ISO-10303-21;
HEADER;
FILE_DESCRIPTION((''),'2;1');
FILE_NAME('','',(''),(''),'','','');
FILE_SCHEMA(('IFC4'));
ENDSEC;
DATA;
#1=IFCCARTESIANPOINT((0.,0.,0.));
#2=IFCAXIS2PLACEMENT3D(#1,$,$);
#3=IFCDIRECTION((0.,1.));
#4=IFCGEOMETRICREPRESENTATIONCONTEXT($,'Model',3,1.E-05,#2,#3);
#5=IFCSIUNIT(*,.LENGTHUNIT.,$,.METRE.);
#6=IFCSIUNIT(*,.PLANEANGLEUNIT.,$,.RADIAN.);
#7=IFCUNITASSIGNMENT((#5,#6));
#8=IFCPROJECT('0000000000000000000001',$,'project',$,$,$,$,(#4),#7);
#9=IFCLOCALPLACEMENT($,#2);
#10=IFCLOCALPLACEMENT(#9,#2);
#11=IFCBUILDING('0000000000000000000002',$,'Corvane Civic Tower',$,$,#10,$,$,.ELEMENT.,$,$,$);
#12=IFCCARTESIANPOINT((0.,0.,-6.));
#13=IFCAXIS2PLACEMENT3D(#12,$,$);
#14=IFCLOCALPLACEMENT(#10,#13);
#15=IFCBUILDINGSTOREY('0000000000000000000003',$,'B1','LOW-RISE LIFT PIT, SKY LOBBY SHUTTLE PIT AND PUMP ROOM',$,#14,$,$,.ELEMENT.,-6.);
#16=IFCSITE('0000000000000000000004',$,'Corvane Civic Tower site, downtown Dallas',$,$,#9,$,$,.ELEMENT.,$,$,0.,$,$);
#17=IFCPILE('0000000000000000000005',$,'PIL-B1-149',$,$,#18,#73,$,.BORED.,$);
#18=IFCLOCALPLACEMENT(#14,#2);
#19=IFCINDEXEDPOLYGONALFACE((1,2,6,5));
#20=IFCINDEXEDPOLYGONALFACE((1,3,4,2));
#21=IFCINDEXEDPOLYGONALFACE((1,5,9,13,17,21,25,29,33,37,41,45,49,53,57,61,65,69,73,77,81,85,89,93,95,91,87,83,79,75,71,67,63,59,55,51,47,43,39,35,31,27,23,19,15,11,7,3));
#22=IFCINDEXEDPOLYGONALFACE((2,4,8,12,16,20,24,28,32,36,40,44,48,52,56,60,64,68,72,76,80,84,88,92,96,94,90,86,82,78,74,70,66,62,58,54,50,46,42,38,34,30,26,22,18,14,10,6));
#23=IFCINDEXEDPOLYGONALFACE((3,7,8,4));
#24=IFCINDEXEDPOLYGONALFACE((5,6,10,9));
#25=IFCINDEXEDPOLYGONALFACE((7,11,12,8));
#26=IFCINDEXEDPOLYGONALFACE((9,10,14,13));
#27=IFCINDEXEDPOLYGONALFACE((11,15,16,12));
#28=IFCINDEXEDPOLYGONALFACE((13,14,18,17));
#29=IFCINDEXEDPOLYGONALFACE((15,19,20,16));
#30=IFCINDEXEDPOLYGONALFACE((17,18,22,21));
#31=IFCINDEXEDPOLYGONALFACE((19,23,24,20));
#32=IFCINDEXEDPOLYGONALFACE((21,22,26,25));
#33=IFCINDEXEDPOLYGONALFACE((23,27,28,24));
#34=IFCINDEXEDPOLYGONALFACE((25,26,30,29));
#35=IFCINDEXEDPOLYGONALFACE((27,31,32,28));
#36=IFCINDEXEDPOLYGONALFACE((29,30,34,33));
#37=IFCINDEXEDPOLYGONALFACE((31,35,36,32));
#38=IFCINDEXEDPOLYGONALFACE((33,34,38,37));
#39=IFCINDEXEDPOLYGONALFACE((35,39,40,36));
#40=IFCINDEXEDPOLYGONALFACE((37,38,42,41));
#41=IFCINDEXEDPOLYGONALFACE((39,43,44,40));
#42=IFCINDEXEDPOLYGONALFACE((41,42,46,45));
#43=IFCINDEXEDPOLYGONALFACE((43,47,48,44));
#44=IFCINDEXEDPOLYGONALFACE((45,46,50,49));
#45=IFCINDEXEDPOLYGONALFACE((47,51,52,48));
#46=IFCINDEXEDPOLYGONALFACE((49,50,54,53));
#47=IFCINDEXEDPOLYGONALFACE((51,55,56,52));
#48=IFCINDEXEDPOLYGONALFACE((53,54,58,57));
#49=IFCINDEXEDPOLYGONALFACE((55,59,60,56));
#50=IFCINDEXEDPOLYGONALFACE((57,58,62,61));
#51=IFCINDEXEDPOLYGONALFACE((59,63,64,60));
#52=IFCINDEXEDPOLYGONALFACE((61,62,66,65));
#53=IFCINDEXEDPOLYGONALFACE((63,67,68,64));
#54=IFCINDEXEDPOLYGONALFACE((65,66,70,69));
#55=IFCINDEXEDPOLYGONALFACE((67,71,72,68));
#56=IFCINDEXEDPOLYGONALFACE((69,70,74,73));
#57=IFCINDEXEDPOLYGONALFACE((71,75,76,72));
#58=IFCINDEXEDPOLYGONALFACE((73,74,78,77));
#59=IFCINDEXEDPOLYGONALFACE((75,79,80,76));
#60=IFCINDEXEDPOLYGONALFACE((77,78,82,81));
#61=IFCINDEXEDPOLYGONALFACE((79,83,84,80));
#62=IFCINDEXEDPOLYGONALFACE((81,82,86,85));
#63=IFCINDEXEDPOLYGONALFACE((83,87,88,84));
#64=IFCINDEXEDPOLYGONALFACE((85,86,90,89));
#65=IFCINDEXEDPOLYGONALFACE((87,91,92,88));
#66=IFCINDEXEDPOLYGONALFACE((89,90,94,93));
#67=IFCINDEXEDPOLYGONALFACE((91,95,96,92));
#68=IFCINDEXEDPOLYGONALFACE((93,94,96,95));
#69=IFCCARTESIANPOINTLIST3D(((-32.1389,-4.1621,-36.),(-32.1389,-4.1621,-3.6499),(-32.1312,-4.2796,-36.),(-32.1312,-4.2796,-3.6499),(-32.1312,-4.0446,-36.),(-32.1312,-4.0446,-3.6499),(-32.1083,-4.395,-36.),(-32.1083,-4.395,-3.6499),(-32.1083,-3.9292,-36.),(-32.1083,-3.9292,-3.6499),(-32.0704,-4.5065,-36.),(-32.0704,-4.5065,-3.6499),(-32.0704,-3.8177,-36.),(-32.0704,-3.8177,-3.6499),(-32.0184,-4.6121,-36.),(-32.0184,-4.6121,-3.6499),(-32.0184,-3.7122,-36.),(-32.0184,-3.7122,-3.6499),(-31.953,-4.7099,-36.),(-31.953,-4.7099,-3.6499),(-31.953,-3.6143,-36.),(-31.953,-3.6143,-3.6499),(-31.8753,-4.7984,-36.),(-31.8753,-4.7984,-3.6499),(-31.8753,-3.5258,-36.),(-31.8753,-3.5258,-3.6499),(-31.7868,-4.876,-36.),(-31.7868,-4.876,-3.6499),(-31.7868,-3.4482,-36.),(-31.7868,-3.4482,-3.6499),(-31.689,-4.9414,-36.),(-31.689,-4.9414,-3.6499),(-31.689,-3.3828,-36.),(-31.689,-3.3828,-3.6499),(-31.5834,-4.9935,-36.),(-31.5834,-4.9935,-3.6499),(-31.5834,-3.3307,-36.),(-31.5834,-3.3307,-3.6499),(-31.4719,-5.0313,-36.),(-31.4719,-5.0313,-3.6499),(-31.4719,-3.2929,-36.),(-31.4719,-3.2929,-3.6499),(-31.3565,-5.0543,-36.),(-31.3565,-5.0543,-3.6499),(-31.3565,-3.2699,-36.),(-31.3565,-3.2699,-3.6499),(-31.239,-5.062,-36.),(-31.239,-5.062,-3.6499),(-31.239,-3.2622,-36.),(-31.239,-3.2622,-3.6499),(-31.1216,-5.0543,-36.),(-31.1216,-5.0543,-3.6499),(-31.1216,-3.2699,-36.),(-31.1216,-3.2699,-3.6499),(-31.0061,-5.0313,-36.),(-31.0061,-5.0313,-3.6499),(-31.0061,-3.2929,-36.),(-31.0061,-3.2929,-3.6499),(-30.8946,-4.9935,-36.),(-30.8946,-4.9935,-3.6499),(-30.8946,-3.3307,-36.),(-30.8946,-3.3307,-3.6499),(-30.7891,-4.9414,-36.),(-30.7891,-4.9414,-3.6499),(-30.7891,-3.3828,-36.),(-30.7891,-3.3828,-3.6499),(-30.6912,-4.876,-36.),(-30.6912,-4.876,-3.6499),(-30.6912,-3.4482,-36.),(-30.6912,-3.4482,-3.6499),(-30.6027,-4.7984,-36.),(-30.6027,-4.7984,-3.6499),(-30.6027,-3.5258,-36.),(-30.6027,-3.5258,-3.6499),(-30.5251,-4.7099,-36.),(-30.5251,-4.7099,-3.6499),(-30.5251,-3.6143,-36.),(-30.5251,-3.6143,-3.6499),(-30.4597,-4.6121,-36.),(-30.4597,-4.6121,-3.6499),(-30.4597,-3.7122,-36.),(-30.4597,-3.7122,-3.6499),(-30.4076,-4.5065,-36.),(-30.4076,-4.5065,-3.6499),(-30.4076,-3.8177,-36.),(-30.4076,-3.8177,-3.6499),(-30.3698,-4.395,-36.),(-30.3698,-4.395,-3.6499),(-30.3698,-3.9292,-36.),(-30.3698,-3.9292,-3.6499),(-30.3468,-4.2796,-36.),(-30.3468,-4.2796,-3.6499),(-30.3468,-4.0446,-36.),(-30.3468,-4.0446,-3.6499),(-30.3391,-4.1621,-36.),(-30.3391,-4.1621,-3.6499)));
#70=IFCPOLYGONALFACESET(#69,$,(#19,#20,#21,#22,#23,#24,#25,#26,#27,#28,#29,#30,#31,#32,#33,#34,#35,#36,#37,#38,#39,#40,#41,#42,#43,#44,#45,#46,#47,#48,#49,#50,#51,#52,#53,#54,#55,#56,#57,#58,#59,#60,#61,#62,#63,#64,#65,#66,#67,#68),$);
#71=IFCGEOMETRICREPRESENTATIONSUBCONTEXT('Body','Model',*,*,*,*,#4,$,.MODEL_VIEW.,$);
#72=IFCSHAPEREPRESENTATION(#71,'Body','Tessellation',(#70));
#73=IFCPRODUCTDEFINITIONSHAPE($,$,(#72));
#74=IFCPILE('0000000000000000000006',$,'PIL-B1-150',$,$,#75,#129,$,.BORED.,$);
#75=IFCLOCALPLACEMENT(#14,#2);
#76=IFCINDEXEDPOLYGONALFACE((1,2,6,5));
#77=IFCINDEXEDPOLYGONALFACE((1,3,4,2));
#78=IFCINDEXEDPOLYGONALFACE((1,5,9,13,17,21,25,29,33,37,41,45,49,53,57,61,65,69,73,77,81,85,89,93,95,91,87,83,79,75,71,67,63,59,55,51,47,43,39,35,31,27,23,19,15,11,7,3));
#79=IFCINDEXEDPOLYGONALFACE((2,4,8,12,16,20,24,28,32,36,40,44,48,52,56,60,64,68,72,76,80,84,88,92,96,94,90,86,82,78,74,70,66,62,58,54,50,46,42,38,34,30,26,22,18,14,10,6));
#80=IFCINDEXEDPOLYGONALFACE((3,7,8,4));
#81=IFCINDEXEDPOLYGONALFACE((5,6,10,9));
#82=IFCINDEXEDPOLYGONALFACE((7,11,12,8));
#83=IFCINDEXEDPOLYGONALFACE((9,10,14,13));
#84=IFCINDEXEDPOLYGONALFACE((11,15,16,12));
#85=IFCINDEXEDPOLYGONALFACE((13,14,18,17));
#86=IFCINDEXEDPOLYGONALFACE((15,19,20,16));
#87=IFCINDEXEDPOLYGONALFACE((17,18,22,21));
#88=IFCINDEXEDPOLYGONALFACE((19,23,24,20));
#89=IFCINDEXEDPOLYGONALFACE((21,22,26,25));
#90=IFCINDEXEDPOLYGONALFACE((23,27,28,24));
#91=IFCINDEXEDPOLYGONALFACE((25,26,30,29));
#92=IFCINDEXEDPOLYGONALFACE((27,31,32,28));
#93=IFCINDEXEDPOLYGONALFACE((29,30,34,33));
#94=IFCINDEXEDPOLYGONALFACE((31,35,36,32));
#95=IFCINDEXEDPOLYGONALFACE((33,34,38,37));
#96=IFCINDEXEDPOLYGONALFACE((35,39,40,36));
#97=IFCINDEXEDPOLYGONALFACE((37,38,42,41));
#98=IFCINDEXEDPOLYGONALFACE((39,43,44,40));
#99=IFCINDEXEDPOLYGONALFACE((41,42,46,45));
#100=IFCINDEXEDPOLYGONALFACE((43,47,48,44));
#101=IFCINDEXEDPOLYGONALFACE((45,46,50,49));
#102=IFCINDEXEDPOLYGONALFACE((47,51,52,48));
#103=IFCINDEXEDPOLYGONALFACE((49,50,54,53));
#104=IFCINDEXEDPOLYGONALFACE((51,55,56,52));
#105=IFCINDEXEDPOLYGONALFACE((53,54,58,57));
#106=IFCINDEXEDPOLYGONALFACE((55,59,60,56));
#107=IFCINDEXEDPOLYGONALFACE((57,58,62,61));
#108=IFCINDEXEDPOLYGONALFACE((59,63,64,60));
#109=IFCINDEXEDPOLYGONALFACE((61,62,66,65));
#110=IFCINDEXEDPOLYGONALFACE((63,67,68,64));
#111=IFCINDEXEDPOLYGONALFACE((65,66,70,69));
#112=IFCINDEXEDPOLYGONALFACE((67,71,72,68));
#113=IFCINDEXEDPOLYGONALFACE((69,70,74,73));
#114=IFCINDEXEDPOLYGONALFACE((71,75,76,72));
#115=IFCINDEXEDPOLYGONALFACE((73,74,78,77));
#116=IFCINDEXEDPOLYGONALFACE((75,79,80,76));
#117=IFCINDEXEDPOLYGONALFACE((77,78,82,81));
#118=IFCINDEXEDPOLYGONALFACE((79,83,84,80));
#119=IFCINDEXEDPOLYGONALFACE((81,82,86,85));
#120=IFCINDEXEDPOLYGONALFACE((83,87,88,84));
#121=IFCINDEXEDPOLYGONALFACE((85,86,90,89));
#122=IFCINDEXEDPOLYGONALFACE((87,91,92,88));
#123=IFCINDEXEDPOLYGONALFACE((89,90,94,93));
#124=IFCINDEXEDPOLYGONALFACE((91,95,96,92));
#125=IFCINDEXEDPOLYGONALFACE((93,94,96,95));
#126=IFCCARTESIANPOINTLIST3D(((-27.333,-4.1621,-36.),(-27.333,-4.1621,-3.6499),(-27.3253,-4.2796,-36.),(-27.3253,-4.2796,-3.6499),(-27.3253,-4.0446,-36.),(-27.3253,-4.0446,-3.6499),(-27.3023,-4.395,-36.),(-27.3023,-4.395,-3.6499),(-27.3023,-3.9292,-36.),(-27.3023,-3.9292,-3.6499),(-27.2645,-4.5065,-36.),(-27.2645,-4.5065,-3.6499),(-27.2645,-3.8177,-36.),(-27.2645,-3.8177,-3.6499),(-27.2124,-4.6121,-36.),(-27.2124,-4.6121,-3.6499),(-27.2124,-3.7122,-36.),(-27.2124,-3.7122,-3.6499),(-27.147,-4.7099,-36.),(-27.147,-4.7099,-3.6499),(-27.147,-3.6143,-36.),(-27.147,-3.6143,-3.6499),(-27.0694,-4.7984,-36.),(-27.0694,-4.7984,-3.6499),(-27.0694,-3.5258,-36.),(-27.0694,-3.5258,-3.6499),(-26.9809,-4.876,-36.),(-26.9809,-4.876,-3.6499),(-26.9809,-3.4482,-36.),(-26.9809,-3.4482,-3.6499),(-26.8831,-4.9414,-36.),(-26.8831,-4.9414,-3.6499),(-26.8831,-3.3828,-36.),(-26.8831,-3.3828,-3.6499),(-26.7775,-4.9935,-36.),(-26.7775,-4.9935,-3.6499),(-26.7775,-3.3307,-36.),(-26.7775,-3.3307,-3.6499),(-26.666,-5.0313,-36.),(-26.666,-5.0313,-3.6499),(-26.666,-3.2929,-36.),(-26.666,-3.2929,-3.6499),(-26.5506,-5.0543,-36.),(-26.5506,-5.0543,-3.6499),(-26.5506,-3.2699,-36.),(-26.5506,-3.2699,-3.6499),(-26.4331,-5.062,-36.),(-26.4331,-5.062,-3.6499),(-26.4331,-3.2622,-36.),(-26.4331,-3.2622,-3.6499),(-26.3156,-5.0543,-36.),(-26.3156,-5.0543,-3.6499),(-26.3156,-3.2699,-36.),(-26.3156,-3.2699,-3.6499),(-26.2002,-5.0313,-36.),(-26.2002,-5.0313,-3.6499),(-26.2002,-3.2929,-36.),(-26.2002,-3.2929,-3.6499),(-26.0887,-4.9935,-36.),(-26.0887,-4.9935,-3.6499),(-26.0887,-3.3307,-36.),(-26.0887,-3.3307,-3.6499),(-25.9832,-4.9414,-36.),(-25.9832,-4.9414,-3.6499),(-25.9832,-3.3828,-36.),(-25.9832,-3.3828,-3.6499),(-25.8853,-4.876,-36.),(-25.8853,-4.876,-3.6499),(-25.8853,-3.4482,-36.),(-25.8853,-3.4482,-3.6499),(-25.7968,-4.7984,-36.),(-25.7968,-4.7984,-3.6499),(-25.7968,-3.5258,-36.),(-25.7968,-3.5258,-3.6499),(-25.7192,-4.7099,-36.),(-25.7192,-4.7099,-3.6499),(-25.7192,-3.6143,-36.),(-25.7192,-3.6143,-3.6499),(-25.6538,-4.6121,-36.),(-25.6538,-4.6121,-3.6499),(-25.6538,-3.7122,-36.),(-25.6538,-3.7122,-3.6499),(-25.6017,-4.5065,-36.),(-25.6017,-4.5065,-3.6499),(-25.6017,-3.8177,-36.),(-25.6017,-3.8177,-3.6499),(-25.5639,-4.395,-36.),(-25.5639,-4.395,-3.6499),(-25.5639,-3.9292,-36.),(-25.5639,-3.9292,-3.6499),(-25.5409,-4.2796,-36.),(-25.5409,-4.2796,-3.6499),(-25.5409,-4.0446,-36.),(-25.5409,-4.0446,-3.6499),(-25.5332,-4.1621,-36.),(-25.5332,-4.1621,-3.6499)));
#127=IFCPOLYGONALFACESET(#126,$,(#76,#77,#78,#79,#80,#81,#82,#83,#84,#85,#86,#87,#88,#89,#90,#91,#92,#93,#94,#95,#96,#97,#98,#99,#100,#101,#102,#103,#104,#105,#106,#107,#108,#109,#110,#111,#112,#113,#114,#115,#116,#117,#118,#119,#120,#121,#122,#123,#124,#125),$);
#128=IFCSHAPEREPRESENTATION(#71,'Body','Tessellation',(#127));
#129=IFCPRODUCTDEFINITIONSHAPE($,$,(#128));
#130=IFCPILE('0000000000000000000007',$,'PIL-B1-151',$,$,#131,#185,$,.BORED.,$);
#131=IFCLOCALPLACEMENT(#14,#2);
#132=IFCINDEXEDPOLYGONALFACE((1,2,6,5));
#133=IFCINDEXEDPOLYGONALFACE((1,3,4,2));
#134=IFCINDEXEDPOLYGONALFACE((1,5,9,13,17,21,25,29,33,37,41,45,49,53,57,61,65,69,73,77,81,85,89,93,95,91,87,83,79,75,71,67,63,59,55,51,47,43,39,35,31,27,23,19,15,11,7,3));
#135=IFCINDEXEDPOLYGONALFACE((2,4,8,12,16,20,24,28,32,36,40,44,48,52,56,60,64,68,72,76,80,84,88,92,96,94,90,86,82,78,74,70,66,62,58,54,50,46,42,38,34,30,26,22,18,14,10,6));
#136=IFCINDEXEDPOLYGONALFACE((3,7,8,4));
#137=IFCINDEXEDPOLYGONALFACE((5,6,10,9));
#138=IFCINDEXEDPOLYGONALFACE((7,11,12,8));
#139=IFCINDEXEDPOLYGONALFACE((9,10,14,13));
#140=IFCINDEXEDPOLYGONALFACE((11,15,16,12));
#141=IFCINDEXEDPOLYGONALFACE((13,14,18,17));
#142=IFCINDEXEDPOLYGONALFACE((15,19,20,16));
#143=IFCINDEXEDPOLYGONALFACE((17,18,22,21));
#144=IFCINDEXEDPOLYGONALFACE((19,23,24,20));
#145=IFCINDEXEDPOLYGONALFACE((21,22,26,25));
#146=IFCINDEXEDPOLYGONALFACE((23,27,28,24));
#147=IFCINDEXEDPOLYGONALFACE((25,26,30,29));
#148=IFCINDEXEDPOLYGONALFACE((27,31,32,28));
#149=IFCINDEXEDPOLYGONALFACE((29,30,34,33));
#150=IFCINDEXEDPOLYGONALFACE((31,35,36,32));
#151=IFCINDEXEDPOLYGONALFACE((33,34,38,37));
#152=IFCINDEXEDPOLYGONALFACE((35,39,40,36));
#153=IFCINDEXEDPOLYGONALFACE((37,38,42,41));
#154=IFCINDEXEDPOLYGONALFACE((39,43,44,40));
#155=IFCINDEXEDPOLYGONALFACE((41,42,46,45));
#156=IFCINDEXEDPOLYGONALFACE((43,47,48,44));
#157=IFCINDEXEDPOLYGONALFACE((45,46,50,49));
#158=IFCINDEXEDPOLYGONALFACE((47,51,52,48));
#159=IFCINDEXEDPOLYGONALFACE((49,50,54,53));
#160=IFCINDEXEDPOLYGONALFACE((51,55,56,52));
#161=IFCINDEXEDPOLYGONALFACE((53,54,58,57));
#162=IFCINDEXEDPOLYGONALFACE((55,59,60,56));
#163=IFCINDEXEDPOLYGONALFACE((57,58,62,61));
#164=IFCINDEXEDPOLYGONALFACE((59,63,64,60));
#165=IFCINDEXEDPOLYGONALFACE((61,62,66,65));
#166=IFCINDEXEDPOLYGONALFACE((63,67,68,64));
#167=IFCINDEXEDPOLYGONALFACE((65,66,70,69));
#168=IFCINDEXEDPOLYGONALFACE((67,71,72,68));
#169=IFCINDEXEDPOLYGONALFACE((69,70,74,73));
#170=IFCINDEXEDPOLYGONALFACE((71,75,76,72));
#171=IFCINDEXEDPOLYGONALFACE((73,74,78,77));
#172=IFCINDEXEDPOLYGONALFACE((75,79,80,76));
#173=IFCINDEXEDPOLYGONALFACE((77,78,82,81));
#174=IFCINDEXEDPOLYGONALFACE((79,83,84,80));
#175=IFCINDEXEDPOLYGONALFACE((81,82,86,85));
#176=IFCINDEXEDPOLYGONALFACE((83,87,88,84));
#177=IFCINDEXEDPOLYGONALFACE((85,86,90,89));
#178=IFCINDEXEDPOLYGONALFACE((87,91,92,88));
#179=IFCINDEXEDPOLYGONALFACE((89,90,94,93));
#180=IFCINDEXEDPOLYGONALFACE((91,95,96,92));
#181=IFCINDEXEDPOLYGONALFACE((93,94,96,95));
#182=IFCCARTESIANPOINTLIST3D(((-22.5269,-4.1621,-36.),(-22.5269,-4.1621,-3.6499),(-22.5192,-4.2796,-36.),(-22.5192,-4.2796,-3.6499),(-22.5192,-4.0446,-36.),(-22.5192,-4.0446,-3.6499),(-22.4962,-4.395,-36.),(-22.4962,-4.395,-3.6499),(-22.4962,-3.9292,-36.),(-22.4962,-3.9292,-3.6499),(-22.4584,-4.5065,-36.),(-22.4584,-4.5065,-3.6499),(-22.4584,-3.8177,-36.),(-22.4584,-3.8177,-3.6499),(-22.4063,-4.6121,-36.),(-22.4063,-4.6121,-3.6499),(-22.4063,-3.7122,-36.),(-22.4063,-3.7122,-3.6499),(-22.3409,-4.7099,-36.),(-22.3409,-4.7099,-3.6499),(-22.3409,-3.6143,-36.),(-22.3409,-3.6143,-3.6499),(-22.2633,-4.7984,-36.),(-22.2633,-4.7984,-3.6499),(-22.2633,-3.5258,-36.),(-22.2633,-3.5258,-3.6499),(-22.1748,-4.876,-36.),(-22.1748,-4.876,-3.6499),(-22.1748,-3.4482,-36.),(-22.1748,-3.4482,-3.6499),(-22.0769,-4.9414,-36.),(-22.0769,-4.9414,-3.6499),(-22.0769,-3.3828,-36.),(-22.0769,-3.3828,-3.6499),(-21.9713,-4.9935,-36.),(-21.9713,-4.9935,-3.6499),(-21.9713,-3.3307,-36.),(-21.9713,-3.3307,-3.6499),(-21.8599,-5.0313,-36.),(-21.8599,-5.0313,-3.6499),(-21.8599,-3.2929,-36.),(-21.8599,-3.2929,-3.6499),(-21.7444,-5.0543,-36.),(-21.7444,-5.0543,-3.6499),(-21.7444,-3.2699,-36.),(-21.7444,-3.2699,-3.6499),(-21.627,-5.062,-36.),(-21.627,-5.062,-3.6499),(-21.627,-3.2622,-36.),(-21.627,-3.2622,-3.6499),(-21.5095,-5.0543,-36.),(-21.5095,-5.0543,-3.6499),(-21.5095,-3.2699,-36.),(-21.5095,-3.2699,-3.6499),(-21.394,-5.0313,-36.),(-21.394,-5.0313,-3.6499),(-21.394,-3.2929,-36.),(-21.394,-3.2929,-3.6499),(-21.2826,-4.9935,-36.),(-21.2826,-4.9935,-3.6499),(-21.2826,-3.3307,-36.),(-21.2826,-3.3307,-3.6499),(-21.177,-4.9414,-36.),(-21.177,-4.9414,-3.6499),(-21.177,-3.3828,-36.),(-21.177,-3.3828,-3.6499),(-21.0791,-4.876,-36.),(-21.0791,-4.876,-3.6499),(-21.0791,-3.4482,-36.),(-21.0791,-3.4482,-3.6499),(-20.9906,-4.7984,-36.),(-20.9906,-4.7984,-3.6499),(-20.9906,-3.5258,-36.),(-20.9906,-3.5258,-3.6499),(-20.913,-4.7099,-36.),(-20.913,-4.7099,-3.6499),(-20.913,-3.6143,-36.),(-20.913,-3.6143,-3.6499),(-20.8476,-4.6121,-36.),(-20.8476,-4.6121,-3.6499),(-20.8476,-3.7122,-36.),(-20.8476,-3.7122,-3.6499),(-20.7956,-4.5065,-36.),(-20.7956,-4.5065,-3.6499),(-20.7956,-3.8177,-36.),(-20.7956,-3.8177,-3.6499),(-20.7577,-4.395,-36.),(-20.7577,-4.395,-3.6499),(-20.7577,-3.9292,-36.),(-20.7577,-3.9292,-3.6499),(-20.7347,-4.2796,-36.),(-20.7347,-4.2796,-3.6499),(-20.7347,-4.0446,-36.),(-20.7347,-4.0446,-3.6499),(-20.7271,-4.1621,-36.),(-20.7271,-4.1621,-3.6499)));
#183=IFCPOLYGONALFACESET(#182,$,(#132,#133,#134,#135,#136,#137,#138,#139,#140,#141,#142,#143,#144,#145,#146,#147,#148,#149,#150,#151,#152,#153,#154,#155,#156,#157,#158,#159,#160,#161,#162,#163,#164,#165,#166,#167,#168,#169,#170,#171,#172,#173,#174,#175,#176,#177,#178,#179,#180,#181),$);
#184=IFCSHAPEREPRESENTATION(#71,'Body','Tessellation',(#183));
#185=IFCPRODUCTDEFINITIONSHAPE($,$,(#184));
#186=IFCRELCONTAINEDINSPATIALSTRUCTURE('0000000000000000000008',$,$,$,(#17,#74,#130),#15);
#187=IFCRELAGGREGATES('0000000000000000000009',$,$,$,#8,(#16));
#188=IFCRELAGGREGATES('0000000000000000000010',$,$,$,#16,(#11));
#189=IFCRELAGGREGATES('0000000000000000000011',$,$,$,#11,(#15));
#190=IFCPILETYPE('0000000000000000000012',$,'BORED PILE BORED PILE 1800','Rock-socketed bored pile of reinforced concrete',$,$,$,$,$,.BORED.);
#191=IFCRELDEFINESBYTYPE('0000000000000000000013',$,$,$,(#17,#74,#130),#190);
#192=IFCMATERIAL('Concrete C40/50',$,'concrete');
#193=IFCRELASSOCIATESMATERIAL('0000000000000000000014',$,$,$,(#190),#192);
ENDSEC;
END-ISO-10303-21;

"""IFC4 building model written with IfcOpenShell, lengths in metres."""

from ifc_helpers import new_model, si_unit, direction, frame, origin, origin_2d, place, context, subcontext, project, spatial, circle, extrude, material, material_profile, profile_set, type_object, element, save


model = new_model("IFC4")

# Units and contexts
model_context = context("Model", 3, precision=1e-05, world=origin(), true_north=direction((0.0, 1.0)))
body_context = subcontext(model_context, "Body", "Model", "MODEL_VIEW")
ifc_project = project(units=[si_unit("LENGTHUNIT", "METRE"), si_unit("PLANEANGLEUNIT", "RADIAN")], contexts=[model_context])

# Site, building, storey
site_placement = place(None, origin())
site = spatial("IfcSite", under=ifc_project, at=site_placement, Name="Corvane Civic Tower site, downtown Dallas", CompositionType="ELEMENT", RefElevation=0.0)
building_placement = place(site_placement, origin())
building = spatial("IfcBuilding", under=site, at=building_placement, Name="Corvane Civic Tower", CompositionType="ELEMENT")
storey_placement = place(building_placement, frame((0.0, 0.0, -6.0)))
storey = spatial("IfcBuildingStorey", under=building, at=storey_placement, Name="B1", Description="LOW-RISE LIFT PIT, SKY LOBBY SHUTTLE PIT AND PUMP ROOM", CompositionType="ELEMENT", Elevation=-6.0)

# Piles
ifc_material_1 = material(Name="Concrete C40/50", Category="concrete")
ifc_material_profile_1 = material_profile(ifc_material_1, circle(Radius=0.8999, at=origin_2d()), Name="BORED PILE 1800")
ifc_profile_set_1 = profile_set([ifc_material_profile_1], Name="Concrete C40/50")
pile_type = type_object("IfcPileType", Name="BORED PILE BORED PILE 1800", Description="Rock-socketed bored pile of reinforced concrete", PredefinedType="BORED", material=ifc_profile_set_1)
for number, where, z_axis, x_axis, name in (
    (1, (-31.239, -4.1621, -3.6499), (0.0, 0.0, -1.0), (1.0, 0.0, 0.0), "PIL-B1-149"),
    (2, (-26.4331, -4.1621, -3.6499), (0.0, 0.0, -1.0), (1.0, 0.0, 0.0), "PIL-B1-150"),
    (3, (-21.627, -4.1621, -3.6499), (0.0, 0.0, -1.0), (1.0, 0.0, 0.0), "PIL-B1-151"),
):
    element("IfcPile", number, at=place(storey_placement, frame(where, z_axis=z_axis, x_axis=x_axis)), inside=storey, type_object=pile_type, Name=name, PredefinedType="BORED", context=body_context, shape_type="SweptSolid", body=[
        extrude(circle(Radius=0.8999, at=origin_2d()), origin(), (0.0, 0.0, 1.0), 32.3501),
    ])

save(model, "model.ifc")
